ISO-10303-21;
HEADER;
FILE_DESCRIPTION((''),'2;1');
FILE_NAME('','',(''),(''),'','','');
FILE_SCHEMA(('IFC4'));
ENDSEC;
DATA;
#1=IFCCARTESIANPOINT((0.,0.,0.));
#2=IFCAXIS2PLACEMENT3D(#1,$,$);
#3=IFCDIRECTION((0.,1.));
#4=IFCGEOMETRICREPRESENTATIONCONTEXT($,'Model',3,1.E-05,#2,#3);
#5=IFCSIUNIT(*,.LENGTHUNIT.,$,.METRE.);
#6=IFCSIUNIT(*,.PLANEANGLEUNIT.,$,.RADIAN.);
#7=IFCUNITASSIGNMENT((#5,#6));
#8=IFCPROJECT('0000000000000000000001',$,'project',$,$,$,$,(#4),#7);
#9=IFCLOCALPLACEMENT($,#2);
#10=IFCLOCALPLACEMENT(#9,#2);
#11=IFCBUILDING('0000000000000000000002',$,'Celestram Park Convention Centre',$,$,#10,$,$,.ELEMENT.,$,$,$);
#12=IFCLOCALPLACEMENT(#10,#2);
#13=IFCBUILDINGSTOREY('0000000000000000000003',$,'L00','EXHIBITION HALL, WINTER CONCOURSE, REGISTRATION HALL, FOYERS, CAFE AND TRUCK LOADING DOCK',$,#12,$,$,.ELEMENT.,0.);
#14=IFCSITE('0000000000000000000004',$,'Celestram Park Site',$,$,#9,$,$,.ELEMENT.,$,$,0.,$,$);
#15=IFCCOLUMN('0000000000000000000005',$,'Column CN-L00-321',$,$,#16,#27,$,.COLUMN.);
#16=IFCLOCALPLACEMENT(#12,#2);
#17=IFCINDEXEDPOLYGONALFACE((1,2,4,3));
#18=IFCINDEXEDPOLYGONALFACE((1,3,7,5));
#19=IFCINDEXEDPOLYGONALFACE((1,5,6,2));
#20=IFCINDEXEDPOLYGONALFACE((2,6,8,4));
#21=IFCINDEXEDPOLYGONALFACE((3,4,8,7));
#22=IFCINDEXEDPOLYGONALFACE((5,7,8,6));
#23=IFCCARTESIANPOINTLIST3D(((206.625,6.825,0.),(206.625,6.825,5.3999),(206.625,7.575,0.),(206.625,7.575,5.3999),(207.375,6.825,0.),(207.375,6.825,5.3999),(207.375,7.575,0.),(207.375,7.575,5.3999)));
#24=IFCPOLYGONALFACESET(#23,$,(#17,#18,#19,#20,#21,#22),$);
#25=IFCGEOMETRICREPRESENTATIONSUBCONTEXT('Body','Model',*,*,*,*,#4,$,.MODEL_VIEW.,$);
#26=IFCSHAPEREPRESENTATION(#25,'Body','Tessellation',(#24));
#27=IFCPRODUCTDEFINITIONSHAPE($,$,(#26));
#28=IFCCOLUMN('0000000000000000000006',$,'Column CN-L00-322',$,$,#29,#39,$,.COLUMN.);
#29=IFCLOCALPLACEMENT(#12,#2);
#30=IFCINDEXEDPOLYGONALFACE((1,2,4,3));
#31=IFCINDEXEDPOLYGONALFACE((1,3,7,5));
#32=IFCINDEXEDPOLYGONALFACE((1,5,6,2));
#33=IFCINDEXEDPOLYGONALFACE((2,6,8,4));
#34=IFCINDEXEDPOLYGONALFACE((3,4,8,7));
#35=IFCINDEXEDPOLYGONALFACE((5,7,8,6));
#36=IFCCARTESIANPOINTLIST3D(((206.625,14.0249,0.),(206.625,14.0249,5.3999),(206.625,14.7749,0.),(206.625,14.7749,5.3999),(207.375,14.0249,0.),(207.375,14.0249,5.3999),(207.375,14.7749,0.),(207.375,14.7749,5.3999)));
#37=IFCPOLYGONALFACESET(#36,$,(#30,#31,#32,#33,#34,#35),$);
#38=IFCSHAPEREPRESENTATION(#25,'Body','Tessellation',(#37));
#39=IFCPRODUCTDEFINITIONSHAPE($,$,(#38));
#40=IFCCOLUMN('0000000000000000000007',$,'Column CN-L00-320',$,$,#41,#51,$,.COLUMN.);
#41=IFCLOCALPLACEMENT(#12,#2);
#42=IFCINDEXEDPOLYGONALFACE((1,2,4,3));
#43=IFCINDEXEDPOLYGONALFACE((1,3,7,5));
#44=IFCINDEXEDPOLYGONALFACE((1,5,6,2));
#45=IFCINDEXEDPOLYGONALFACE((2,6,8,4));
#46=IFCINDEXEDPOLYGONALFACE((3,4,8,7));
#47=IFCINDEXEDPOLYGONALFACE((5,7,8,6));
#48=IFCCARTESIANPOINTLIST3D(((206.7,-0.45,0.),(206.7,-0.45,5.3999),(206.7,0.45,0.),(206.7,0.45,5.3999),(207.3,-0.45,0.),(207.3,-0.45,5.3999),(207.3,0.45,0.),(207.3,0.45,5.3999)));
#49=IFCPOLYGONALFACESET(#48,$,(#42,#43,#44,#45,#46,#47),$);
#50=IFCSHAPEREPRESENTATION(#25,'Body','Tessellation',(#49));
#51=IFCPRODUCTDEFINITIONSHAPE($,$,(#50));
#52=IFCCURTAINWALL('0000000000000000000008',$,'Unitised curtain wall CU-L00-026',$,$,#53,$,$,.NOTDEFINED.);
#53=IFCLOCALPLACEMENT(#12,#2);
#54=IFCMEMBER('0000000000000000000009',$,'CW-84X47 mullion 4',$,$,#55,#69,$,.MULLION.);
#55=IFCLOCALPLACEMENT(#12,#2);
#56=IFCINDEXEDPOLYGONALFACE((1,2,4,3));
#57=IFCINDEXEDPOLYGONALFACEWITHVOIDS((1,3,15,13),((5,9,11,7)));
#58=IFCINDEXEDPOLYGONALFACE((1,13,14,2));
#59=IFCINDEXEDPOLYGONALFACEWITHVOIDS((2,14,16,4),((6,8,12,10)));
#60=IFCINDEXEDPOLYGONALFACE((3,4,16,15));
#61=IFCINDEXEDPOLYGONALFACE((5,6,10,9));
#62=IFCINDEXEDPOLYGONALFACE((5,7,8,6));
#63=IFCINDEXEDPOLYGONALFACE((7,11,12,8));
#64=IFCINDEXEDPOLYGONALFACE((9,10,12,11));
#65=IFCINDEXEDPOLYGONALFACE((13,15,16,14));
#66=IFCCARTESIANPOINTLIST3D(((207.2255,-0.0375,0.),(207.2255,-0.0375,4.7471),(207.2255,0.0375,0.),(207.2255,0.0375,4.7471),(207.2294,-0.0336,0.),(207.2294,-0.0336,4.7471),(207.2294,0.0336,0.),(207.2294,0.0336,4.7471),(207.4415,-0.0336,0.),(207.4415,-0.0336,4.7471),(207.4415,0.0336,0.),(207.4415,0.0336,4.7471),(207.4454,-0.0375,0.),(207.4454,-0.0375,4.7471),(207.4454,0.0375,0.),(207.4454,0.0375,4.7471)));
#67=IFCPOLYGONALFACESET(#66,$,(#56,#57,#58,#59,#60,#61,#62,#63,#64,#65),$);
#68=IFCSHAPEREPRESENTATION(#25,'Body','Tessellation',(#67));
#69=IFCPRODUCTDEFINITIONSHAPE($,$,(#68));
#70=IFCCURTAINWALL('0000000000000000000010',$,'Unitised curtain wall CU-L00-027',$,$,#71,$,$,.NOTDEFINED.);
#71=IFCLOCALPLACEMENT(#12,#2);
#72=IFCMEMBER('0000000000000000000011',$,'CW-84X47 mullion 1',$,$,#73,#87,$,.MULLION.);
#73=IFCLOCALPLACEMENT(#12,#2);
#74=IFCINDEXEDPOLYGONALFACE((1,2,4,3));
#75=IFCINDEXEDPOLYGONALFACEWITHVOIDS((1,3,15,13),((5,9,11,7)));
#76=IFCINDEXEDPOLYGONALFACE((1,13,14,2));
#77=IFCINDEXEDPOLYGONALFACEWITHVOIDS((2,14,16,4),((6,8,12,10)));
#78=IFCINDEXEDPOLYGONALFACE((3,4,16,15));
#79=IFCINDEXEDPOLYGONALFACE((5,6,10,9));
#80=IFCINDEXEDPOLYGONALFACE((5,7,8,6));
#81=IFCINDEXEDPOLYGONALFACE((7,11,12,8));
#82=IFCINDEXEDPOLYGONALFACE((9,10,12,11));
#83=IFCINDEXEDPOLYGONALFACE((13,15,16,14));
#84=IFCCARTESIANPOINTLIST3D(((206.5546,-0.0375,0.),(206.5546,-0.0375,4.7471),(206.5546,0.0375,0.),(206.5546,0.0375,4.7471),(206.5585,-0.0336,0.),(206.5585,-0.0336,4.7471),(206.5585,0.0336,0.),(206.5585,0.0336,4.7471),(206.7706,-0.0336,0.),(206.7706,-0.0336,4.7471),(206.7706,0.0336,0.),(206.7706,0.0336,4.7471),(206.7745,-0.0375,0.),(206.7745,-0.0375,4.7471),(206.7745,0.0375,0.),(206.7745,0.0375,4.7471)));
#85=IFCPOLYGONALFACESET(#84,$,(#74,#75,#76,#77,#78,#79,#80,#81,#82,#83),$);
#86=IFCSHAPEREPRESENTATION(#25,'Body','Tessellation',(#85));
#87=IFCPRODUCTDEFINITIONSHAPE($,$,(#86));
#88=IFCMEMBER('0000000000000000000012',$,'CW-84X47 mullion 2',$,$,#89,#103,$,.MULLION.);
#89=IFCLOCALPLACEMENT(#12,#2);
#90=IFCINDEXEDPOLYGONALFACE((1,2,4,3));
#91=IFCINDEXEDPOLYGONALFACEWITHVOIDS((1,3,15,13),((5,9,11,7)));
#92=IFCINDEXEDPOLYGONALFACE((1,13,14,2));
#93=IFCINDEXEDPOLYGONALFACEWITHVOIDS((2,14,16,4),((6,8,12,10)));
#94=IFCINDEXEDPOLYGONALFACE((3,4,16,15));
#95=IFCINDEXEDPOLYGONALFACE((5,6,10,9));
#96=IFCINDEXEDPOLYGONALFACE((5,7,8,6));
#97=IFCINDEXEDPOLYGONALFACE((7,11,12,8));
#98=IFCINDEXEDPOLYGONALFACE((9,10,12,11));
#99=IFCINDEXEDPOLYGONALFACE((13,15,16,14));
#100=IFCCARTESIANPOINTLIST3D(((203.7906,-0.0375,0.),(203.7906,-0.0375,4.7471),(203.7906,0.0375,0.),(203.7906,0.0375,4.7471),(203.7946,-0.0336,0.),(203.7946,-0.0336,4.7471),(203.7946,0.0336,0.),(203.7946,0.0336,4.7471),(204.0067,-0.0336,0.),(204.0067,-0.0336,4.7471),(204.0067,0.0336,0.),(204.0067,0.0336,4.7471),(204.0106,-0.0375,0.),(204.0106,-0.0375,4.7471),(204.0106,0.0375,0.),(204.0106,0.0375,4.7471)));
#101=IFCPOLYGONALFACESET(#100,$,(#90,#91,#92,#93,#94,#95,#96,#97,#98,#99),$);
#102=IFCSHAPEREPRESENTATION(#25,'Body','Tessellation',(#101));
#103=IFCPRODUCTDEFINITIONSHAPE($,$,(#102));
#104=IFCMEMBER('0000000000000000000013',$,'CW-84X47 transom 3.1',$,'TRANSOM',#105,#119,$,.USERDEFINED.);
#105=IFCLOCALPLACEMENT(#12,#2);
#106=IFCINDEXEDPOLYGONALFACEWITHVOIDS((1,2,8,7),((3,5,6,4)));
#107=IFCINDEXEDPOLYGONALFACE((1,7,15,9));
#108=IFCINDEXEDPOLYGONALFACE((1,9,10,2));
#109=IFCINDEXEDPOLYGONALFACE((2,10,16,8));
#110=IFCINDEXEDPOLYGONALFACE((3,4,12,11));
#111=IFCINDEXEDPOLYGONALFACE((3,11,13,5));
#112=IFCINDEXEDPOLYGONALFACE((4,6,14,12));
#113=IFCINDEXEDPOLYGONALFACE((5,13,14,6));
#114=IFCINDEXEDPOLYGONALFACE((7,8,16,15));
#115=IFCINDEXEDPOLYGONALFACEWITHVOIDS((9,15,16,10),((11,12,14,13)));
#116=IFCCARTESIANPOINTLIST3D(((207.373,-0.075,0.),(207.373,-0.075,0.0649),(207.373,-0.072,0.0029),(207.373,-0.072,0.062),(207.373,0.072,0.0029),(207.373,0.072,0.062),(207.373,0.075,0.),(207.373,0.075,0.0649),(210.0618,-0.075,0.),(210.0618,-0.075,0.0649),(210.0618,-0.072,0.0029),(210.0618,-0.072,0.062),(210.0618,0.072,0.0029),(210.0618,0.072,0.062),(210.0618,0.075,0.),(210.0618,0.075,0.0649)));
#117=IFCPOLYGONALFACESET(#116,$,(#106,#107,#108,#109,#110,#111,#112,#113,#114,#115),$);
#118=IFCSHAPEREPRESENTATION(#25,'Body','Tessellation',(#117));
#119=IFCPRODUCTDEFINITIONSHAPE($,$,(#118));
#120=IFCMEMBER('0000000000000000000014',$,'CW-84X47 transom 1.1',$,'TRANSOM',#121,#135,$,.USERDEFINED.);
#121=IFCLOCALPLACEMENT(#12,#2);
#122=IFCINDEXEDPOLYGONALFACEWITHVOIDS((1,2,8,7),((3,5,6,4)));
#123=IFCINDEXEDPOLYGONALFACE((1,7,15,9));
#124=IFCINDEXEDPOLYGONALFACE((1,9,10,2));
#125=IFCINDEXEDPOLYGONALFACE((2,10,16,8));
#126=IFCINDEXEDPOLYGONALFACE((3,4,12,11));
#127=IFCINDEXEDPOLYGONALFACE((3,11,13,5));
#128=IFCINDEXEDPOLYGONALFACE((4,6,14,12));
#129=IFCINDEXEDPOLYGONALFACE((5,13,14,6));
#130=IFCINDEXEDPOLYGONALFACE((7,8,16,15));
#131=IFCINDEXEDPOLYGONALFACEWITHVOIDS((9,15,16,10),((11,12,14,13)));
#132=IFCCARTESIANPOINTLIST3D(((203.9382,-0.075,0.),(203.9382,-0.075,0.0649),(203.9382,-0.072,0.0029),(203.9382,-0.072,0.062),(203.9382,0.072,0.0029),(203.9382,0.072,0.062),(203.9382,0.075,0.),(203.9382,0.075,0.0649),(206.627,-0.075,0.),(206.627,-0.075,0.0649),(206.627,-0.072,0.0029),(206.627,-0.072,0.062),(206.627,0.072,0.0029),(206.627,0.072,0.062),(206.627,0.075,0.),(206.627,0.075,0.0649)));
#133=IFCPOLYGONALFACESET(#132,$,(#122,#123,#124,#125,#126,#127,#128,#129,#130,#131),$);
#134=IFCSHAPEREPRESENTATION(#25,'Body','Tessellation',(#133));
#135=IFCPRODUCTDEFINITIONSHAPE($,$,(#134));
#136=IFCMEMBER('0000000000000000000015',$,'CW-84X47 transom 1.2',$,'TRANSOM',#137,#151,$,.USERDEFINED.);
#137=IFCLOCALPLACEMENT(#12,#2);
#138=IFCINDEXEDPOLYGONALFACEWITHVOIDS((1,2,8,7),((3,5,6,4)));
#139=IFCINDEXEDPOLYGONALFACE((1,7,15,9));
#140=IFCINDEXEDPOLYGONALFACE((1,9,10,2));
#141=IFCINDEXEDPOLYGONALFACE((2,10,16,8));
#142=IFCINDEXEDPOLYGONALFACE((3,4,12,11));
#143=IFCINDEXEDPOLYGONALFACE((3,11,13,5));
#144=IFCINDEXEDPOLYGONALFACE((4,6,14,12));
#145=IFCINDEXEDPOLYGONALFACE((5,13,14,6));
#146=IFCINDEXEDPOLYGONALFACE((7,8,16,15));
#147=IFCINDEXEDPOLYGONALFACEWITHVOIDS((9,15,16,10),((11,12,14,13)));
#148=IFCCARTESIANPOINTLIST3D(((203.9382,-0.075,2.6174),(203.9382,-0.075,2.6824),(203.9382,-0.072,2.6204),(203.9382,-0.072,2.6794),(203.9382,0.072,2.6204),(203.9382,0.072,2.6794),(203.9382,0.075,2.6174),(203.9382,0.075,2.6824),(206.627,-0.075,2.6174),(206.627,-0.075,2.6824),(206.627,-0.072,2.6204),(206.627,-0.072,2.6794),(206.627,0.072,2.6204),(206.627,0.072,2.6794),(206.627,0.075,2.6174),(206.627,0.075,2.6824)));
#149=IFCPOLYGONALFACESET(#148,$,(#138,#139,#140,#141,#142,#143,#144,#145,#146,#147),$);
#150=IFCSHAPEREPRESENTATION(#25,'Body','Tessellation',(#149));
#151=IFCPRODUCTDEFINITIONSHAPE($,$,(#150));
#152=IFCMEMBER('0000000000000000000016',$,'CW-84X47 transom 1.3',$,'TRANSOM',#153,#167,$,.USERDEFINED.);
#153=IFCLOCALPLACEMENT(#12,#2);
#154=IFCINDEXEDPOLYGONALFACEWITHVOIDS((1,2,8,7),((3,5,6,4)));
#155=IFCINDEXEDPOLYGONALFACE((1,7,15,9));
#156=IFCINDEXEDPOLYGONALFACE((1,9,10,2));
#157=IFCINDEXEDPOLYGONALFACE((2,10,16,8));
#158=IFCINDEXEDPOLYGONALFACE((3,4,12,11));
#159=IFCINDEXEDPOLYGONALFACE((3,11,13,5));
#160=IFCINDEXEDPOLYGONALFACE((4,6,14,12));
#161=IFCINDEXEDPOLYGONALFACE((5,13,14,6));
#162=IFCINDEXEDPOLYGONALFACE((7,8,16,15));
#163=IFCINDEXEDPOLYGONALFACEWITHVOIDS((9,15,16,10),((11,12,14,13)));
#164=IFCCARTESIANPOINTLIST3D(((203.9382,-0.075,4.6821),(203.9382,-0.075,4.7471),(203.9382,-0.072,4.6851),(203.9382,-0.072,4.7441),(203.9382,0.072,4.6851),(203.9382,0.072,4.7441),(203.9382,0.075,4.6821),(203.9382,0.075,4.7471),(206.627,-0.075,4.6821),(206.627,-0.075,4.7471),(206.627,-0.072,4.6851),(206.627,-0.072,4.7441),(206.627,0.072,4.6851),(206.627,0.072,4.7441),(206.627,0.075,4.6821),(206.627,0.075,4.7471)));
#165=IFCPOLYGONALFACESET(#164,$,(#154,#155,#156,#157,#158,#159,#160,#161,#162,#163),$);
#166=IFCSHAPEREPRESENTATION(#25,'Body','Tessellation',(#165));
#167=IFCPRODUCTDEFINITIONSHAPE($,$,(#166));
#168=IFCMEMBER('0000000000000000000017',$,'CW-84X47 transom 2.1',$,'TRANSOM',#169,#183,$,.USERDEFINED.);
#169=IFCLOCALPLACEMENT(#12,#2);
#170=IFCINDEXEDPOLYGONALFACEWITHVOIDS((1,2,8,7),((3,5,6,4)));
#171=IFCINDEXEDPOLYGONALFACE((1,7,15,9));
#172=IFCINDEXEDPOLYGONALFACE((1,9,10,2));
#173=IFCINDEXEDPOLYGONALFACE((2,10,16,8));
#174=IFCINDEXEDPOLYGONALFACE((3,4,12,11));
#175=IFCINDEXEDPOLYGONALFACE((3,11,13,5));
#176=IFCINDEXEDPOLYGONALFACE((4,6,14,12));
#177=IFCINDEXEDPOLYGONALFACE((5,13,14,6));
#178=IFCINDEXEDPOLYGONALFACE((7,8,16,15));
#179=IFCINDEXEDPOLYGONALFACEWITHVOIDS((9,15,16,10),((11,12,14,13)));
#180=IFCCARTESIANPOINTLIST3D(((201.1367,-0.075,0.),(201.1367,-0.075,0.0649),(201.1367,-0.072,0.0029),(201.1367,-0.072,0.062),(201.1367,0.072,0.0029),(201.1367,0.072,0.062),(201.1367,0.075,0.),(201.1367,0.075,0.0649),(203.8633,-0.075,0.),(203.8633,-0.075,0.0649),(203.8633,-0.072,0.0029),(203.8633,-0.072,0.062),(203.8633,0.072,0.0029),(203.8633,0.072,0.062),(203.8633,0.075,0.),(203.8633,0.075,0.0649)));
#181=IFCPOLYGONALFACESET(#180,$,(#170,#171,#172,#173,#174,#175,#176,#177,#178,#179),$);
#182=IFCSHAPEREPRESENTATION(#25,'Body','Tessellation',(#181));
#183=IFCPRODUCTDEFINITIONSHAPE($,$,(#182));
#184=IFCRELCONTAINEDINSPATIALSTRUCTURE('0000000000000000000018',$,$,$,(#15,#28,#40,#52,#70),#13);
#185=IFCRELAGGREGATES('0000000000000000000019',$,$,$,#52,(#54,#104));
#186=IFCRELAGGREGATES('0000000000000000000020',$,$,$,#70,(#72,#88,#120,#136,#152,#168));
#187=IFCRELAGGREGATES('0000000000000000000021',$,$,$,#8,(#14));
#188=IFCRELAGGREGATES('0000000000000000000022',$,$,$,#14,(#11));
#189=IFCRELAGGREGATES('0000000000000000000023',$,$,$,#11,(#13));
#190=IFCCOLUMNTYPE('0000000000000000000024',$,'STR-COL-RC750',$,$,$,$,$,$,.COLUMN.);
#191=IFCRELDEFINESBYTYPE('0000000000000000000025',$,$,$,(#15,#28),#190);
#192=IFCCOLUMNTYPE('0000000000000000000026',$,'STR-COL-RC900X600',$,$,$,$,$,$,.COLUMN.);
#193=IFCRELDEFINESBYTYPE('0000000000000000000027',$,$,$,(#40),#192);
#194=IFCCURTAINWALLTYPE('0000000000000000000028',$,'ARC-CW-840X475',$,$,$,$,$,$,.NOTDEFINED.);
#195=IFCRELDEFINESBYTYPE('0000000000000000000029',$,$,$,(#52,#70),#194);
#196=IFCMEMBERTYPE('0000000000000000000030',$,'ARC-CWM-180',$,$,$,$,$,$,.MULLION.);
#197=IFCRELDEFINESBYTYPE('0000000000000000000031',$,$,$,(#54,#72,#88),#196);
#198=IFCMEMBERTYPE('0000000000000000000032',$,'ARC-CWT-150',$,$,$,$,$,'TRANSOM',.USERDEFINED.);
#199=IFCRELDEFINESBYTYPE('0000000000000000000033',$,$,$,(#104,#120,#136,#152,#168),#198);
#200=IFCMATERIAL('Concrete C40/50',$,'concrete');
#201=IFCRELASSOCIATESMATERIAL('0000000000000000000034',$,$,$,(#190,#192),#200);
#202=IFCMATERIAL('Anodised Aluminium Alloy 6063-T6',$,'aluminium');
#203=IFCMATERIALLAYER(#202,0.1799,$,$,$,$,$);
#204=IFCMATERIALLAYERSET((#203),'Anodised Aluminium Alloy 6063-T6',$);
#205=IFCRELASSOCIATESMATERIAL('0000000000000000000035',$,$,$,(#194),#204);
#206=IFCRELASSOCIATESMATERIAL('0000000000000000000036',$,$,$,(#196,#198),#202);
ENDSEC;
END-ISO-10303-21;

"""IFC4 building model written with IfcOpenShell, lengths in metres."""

from ifc_helpers import new_model, si_unit, direction, frame, origin, origin_2d, place, context, subcontext, project, spatial, rectangle, hollow_rectangle, extrude, material, layer, layer_set, material_profile, profile_set, type_object, element, aggregate, save


model = new_model("IFC4")

# Units and contexts
model_context = context("Model", 3, precision=1e-05, world=origin(), true_north=direction((0.0, 1.0)))
body_context = subcontext(model_context, "Body", "Model", "MODEL_VIEW")
ifc_project = project(units=[si_unit("LENGTHUNIT", "METRE"), si_unit("PLANEANGLEUNIT", "RADIAN")], contexts=[model_context])

# Site, building, storey
site_placement = place(None, origin())
site = spatial("IfcSite", under=ifc_project, at=site_placement, Name="Celestram Park Site", CompositionType="ELEMENT", RefElevation=0.0)
building_placement = place(site_placement, origin())
building = spatial("IfcBuilding", under=site, at=building_placement, Name="Celestram Park Convention Centre", CompositionType="ELEMENT")
storey_placement = place(building_placement, origin())
storey = spatial("IfcBuildingStorey", under=building, at=storey_placement, Name="L00", Description="EXHIBITION HALL, WINTER CONCOURSE, REGISTRATION HALL, FOYERS, CAFE AND TRUCK LOADING DOCK", CompositionType="ELEMENT", Elevation=0.0)

# Columns
ifc_material_1 = material(Name="Concrete C40/50", Category="concrete")
ifc_material_profile_1 = material_profile(ifc_material_1, rectangle(XDim=0.75, YDim=0.75, at=origin_2d()), Name="RC750X750")
ifc_profile_set_1 = profile_set([ifc_material_profile_1], Name="Concrete C40/50")
column_type_1 = type_object("IfcColumnType", Name="STR-COL-RC750", PredefinedType="COLUMN", material=ifc_profile_set_1)
for number, where, z_axis, x_axis, name in (
    (1, (207.0, 7.2, 0.0), (0.0, 0.0, 1.0), (1.0, 0.0, 0.0), "Column CN-L00-321"),
    (2, (207.0, 14.3999, 0.0), (0.0, 0.0, 1.0), (1.0, 0.0, 0.0), "Column CN-L00-322"),
):
    element("IfcColumn", number, at=place(storey_placement, frame(where, z_axis=z_axis, x_axis=x_axis)), inside=storey, type_object=column_type_1, Name=name, PredefinedType="COLUMN", context=body_context, shape_type="SweptSolid", body=[
        extrude(rectangle(XDim=0.75, YDim=0.75, at=origin_2d()), origin(), (0.0, 0.0, 1.0), 5.3999),
    ])
ifc_material_profile_2 = material_profile(ifc_material_1, rectangle(XDim=0.6001, YDim=0.8999, at=origin_2d()), Name="RC900X600")
ifc_profile_set_2 = profile_set([ifc_material_profile_2], Name="Concrete C40/50")
column_type_2 = type_object("IfcColumnType", Name="STR-COL-RC900X600", PredefinedType="COLUMN", material=ifc_profile_set_2)
column_placement = place(storey_placement, frame((207.0, 0.0, 0.0), z_axis=(0.0, 0.0, 1.0), x_axis=(1.0, 0.0, 0.0)))
element("IfcColumn", 3, at=column_placement, inside=storey, type_object=column_type_2, Name="Column CN-L00-320", PredefinedType="COLUMN", context=body_context, shape_type="SweptSolid", body=[
    extrude(rectangle(XDim=0.6001, YDim=0.8999, at=origin_2d()), origin(), (0.0, 0.0, 1.0), 5.3999),
])

# Curtain wall, member
ifc_material_2 = material(Name="Anodised Aluminium Alloy 6063-T6", Category="aluminium")
ifc_layer_1 = layer(ifc_material_2, 0.1799)
ifc_layer_set_1 = layer_set([ifc_layer_1], Name="Anodised Aluminium Alloy 6063-T6")
curtain_wall_type = type_object("IfcCurtainWallType", Name="ARC-CW-840X475", PredefinedType="NOTDEFINED", material=ifc_layer_set_1)
curtain_wall_1_placement = place(storey_placement, origin())
curtain_wall_1 = element("IfcCurtainWall", 4, at=curtain_wall_1_placement, inside=storey, type_object=curtain_wall_type, Name="Unitised curtain wall CU-L00-026", PredefinedType="NOTDEFINED")
ifc_material_profile_3 = material_profile(ifc_material_2, hollow_rectangle(XDim=0.075, YDim=0.22, WallThickness=0.0039, at=origin_2d()), Name="ALU75X220X4")
ifc_profile_set_3 = profile_set([ifc_material_profile_3], Name="Anodised Aluminium Alloy 6063-T6")
member_type_1 = type_object("IfcMemberType", Name="ARC-CWM-180", PredefinedType="MULLION", material=ifc_profile_set_3)
member_1_placement = place(storey_placement, frame((207.3354, 0.0, 0.0), z_axis=(0.0, 0.0, 1.0), x_axis=(0.0, -1.0, 0.0)))
member_1 = element("IfcMember", 5, at=member_1_placement, type_object=member_type_1, Name="CW-84X47 mullion 4", PredefinedType="MULLION", context=body_context, shape_type="SweptSolid", body=[
    extrude(hollow_rectangle(XDim=0.075, YDim=0.22, WallThickness=0.0039, at=origin_2d()), origin(), (0.0, 0.0, 1.0), 4.7471),
])

# Curtain wall, members
curtain_wall_2_placement = place(storey_placement, origin())
curtain_wall_2 = element("IfcCurtainWall", 6, at=curtain_wall_2_placement, inside=storey, type_object=curtain_wall_type, Name="Unitised curtain wall CU-L00-027", PredefinedType="NOTDEFINED")
member_2_placement = place(storey_placement, frame((206.6646, 0.0, 0.0), z_axis=(0.0, 0.0, 1.0), x_axis=(0.0, -1.0, 0.0)))
member_2 = element("IfcMember", 7, at=member_2_placement, type_object=member_type_1, Name="CW-84X47 mullion 1", PredefinedType="MULLION", context=body_context, shape_type="SweptSolid", body=[
    extrude(hollow_rectangle(XDim=0.075, YDim=0.22, WallThickness=0.0039, at=origin_2d()), origin(), (0.0, 0.0, 1.0), 4.7471),
])
member_3_placement = place(storey_placement, frame((203.9006, 0.0, 0.0), z_axis=(0.0, 0.0, 1.0), x_axis=(0.0, -1.0, 0.0)))
member_3 = element("IfcMember", 8, at=member_3_placement, type_object=member_type_1, Name="CW-84X47 mullion 2", PredefinedType="MULLION", context=body_context, shape_type="SweptSolid", body=[
    extrude(hollow_rectangle(XDim=0.075, YDim=0.22, WallThickness=0.0039, at=origin_2d()), origin(), (0.0, 0.0, 1.0), 4.7471),
])

# Members
ifc_material_profile_4 = material_profile(ifc_material_2, hollow_rectangle(XDim=0.1499, YDim=0.0649, WallThickness=0.0029, at=origin_2d()), Name="ALU150X65X3")
ifc_profile_set_4 = profile_set([ifc_material_profile_4], Name="Anodised Aluminium Alloy 6063-T6")
member_type_2 = type_object("IfcMemberType", Name="ARC-CWT-150", ElementType="TRANSOM", PredefinedType="USERDEFINED", material=ifc_profile_set_4)
member_4_placement = place(storey_placement, frame((210.0618, 0.0, 0.0325), z_axis=(-1.0, 0.0, 0.0), x_axis=(0.0, -1.0, 0.0)))
member_4 = element("IfcMember", 9, at=member_4_placement, type_object=member_type_2, Name="CW-84X47 transom 3.1", ObjectType="TRANSOM", PredefinedType="USERDEFINED", context=body_context, shape_type="SweptSolid", body=[
    extrude(hollow_rectangle(XDim=0.1499, YDim=0.0649, WallThickness=0.0029, at=origin_2d()), origin(), (0.0, 0.0, 1.0), 2.6887),
])
member_5_placement = place(storey_placement, frame((206.627, 0.0, 0.0325), z_axis=(-1.0, 0.0, 0.0), x_axis=(0.0, -1.0, 0.0)))
member_5 = element("IfcMember", 10, at=member_5_placement, type_object=member_type_2, Name="CW-84X47 transom 1.1", ObjectType="TRANSOM", PredefinedType="USERDEFINED", context=body_context, shape_type="SweptSolid", body=[
    extrude(hollow_rectangle(XDim=0.1499, YDim=0.0649, WallThickness=0.0029, at=origin_2d()), origin(), (0.0, 0.0, 1.0), 2.6887),
])
member_6_placement = place(storey_placement, frame((206.627, 0.0, 2.6499), z_axis=(-1.0, 0.0, 0.0), x_axis=(0.0, -1.0, 0.0)))
member_6 = element("IfcMember", 11, at=member_6_placement, type_object=member_type_2, Name="CW-84X47 transom 1.2", ObjectType="TRANSOM", PredefinedType="USERDEFINED", context=body_context, shape_type="SweptSolid", body=[
    extrude(hollow_rectangle(XDim=0.1499, YDim=0.0649, WallThickness=0.0029, at=origin_2d()), origin(), (0.0, 0.0, 1.0), 2.6887),
])
member_7_placement = place(storey_placement, frame((206.627, 0.0, 4.7146), z_axis=(-1.0, 0.0, 0.0), x_axis=(0.0, -1.0, 0.0)))
member_7 = element("IfcMember", 12, at=member_7_placement, type_object=member_type_2, Name="CW-84X47 transom 1.3", ObjectType="TRANSOM", PredefinedType="USERDEFINED", context=body_context, shape_type="SweptSolid", body=[
    extrude(hollow_rectangle(XDim=0.1499, YDim=0.0649, WallThickness=0.0029, at=origin_2d()), origin(), (0.0, 0.0, 1.0), 2.6887),
])
member_8_placement = place(storey_placement, frame((203.8633, 0.0, 0.0325), z_axis=(-1.0, 0.0, 0.0), x_axis=(0.0, -1.0, 0.0)))
member_8 = element("IfcMember", 13, at=member_8_placement, type_object=member_type_2, Name="CW-84X47 transom 2.1", ObjectType="TRANSOM", PredefinedType="USERDEFINED", context=body_context, shape_type="SweptSolid", body=[
    extrude(hollow_rectangle(XDim=0.1499, YDim=0.0649, WallThickness=0.0029, at=origin_2d()), origin(), (0.0, 0.0, 1.0), 2.7266),
])

aggregate(curtain_wall_1, [member_1, member_4])
aggregate(curtain_wall_2, [member_2, member_3, member_5, member_6, member_7, member_8])

save(model, "model.ifc")
